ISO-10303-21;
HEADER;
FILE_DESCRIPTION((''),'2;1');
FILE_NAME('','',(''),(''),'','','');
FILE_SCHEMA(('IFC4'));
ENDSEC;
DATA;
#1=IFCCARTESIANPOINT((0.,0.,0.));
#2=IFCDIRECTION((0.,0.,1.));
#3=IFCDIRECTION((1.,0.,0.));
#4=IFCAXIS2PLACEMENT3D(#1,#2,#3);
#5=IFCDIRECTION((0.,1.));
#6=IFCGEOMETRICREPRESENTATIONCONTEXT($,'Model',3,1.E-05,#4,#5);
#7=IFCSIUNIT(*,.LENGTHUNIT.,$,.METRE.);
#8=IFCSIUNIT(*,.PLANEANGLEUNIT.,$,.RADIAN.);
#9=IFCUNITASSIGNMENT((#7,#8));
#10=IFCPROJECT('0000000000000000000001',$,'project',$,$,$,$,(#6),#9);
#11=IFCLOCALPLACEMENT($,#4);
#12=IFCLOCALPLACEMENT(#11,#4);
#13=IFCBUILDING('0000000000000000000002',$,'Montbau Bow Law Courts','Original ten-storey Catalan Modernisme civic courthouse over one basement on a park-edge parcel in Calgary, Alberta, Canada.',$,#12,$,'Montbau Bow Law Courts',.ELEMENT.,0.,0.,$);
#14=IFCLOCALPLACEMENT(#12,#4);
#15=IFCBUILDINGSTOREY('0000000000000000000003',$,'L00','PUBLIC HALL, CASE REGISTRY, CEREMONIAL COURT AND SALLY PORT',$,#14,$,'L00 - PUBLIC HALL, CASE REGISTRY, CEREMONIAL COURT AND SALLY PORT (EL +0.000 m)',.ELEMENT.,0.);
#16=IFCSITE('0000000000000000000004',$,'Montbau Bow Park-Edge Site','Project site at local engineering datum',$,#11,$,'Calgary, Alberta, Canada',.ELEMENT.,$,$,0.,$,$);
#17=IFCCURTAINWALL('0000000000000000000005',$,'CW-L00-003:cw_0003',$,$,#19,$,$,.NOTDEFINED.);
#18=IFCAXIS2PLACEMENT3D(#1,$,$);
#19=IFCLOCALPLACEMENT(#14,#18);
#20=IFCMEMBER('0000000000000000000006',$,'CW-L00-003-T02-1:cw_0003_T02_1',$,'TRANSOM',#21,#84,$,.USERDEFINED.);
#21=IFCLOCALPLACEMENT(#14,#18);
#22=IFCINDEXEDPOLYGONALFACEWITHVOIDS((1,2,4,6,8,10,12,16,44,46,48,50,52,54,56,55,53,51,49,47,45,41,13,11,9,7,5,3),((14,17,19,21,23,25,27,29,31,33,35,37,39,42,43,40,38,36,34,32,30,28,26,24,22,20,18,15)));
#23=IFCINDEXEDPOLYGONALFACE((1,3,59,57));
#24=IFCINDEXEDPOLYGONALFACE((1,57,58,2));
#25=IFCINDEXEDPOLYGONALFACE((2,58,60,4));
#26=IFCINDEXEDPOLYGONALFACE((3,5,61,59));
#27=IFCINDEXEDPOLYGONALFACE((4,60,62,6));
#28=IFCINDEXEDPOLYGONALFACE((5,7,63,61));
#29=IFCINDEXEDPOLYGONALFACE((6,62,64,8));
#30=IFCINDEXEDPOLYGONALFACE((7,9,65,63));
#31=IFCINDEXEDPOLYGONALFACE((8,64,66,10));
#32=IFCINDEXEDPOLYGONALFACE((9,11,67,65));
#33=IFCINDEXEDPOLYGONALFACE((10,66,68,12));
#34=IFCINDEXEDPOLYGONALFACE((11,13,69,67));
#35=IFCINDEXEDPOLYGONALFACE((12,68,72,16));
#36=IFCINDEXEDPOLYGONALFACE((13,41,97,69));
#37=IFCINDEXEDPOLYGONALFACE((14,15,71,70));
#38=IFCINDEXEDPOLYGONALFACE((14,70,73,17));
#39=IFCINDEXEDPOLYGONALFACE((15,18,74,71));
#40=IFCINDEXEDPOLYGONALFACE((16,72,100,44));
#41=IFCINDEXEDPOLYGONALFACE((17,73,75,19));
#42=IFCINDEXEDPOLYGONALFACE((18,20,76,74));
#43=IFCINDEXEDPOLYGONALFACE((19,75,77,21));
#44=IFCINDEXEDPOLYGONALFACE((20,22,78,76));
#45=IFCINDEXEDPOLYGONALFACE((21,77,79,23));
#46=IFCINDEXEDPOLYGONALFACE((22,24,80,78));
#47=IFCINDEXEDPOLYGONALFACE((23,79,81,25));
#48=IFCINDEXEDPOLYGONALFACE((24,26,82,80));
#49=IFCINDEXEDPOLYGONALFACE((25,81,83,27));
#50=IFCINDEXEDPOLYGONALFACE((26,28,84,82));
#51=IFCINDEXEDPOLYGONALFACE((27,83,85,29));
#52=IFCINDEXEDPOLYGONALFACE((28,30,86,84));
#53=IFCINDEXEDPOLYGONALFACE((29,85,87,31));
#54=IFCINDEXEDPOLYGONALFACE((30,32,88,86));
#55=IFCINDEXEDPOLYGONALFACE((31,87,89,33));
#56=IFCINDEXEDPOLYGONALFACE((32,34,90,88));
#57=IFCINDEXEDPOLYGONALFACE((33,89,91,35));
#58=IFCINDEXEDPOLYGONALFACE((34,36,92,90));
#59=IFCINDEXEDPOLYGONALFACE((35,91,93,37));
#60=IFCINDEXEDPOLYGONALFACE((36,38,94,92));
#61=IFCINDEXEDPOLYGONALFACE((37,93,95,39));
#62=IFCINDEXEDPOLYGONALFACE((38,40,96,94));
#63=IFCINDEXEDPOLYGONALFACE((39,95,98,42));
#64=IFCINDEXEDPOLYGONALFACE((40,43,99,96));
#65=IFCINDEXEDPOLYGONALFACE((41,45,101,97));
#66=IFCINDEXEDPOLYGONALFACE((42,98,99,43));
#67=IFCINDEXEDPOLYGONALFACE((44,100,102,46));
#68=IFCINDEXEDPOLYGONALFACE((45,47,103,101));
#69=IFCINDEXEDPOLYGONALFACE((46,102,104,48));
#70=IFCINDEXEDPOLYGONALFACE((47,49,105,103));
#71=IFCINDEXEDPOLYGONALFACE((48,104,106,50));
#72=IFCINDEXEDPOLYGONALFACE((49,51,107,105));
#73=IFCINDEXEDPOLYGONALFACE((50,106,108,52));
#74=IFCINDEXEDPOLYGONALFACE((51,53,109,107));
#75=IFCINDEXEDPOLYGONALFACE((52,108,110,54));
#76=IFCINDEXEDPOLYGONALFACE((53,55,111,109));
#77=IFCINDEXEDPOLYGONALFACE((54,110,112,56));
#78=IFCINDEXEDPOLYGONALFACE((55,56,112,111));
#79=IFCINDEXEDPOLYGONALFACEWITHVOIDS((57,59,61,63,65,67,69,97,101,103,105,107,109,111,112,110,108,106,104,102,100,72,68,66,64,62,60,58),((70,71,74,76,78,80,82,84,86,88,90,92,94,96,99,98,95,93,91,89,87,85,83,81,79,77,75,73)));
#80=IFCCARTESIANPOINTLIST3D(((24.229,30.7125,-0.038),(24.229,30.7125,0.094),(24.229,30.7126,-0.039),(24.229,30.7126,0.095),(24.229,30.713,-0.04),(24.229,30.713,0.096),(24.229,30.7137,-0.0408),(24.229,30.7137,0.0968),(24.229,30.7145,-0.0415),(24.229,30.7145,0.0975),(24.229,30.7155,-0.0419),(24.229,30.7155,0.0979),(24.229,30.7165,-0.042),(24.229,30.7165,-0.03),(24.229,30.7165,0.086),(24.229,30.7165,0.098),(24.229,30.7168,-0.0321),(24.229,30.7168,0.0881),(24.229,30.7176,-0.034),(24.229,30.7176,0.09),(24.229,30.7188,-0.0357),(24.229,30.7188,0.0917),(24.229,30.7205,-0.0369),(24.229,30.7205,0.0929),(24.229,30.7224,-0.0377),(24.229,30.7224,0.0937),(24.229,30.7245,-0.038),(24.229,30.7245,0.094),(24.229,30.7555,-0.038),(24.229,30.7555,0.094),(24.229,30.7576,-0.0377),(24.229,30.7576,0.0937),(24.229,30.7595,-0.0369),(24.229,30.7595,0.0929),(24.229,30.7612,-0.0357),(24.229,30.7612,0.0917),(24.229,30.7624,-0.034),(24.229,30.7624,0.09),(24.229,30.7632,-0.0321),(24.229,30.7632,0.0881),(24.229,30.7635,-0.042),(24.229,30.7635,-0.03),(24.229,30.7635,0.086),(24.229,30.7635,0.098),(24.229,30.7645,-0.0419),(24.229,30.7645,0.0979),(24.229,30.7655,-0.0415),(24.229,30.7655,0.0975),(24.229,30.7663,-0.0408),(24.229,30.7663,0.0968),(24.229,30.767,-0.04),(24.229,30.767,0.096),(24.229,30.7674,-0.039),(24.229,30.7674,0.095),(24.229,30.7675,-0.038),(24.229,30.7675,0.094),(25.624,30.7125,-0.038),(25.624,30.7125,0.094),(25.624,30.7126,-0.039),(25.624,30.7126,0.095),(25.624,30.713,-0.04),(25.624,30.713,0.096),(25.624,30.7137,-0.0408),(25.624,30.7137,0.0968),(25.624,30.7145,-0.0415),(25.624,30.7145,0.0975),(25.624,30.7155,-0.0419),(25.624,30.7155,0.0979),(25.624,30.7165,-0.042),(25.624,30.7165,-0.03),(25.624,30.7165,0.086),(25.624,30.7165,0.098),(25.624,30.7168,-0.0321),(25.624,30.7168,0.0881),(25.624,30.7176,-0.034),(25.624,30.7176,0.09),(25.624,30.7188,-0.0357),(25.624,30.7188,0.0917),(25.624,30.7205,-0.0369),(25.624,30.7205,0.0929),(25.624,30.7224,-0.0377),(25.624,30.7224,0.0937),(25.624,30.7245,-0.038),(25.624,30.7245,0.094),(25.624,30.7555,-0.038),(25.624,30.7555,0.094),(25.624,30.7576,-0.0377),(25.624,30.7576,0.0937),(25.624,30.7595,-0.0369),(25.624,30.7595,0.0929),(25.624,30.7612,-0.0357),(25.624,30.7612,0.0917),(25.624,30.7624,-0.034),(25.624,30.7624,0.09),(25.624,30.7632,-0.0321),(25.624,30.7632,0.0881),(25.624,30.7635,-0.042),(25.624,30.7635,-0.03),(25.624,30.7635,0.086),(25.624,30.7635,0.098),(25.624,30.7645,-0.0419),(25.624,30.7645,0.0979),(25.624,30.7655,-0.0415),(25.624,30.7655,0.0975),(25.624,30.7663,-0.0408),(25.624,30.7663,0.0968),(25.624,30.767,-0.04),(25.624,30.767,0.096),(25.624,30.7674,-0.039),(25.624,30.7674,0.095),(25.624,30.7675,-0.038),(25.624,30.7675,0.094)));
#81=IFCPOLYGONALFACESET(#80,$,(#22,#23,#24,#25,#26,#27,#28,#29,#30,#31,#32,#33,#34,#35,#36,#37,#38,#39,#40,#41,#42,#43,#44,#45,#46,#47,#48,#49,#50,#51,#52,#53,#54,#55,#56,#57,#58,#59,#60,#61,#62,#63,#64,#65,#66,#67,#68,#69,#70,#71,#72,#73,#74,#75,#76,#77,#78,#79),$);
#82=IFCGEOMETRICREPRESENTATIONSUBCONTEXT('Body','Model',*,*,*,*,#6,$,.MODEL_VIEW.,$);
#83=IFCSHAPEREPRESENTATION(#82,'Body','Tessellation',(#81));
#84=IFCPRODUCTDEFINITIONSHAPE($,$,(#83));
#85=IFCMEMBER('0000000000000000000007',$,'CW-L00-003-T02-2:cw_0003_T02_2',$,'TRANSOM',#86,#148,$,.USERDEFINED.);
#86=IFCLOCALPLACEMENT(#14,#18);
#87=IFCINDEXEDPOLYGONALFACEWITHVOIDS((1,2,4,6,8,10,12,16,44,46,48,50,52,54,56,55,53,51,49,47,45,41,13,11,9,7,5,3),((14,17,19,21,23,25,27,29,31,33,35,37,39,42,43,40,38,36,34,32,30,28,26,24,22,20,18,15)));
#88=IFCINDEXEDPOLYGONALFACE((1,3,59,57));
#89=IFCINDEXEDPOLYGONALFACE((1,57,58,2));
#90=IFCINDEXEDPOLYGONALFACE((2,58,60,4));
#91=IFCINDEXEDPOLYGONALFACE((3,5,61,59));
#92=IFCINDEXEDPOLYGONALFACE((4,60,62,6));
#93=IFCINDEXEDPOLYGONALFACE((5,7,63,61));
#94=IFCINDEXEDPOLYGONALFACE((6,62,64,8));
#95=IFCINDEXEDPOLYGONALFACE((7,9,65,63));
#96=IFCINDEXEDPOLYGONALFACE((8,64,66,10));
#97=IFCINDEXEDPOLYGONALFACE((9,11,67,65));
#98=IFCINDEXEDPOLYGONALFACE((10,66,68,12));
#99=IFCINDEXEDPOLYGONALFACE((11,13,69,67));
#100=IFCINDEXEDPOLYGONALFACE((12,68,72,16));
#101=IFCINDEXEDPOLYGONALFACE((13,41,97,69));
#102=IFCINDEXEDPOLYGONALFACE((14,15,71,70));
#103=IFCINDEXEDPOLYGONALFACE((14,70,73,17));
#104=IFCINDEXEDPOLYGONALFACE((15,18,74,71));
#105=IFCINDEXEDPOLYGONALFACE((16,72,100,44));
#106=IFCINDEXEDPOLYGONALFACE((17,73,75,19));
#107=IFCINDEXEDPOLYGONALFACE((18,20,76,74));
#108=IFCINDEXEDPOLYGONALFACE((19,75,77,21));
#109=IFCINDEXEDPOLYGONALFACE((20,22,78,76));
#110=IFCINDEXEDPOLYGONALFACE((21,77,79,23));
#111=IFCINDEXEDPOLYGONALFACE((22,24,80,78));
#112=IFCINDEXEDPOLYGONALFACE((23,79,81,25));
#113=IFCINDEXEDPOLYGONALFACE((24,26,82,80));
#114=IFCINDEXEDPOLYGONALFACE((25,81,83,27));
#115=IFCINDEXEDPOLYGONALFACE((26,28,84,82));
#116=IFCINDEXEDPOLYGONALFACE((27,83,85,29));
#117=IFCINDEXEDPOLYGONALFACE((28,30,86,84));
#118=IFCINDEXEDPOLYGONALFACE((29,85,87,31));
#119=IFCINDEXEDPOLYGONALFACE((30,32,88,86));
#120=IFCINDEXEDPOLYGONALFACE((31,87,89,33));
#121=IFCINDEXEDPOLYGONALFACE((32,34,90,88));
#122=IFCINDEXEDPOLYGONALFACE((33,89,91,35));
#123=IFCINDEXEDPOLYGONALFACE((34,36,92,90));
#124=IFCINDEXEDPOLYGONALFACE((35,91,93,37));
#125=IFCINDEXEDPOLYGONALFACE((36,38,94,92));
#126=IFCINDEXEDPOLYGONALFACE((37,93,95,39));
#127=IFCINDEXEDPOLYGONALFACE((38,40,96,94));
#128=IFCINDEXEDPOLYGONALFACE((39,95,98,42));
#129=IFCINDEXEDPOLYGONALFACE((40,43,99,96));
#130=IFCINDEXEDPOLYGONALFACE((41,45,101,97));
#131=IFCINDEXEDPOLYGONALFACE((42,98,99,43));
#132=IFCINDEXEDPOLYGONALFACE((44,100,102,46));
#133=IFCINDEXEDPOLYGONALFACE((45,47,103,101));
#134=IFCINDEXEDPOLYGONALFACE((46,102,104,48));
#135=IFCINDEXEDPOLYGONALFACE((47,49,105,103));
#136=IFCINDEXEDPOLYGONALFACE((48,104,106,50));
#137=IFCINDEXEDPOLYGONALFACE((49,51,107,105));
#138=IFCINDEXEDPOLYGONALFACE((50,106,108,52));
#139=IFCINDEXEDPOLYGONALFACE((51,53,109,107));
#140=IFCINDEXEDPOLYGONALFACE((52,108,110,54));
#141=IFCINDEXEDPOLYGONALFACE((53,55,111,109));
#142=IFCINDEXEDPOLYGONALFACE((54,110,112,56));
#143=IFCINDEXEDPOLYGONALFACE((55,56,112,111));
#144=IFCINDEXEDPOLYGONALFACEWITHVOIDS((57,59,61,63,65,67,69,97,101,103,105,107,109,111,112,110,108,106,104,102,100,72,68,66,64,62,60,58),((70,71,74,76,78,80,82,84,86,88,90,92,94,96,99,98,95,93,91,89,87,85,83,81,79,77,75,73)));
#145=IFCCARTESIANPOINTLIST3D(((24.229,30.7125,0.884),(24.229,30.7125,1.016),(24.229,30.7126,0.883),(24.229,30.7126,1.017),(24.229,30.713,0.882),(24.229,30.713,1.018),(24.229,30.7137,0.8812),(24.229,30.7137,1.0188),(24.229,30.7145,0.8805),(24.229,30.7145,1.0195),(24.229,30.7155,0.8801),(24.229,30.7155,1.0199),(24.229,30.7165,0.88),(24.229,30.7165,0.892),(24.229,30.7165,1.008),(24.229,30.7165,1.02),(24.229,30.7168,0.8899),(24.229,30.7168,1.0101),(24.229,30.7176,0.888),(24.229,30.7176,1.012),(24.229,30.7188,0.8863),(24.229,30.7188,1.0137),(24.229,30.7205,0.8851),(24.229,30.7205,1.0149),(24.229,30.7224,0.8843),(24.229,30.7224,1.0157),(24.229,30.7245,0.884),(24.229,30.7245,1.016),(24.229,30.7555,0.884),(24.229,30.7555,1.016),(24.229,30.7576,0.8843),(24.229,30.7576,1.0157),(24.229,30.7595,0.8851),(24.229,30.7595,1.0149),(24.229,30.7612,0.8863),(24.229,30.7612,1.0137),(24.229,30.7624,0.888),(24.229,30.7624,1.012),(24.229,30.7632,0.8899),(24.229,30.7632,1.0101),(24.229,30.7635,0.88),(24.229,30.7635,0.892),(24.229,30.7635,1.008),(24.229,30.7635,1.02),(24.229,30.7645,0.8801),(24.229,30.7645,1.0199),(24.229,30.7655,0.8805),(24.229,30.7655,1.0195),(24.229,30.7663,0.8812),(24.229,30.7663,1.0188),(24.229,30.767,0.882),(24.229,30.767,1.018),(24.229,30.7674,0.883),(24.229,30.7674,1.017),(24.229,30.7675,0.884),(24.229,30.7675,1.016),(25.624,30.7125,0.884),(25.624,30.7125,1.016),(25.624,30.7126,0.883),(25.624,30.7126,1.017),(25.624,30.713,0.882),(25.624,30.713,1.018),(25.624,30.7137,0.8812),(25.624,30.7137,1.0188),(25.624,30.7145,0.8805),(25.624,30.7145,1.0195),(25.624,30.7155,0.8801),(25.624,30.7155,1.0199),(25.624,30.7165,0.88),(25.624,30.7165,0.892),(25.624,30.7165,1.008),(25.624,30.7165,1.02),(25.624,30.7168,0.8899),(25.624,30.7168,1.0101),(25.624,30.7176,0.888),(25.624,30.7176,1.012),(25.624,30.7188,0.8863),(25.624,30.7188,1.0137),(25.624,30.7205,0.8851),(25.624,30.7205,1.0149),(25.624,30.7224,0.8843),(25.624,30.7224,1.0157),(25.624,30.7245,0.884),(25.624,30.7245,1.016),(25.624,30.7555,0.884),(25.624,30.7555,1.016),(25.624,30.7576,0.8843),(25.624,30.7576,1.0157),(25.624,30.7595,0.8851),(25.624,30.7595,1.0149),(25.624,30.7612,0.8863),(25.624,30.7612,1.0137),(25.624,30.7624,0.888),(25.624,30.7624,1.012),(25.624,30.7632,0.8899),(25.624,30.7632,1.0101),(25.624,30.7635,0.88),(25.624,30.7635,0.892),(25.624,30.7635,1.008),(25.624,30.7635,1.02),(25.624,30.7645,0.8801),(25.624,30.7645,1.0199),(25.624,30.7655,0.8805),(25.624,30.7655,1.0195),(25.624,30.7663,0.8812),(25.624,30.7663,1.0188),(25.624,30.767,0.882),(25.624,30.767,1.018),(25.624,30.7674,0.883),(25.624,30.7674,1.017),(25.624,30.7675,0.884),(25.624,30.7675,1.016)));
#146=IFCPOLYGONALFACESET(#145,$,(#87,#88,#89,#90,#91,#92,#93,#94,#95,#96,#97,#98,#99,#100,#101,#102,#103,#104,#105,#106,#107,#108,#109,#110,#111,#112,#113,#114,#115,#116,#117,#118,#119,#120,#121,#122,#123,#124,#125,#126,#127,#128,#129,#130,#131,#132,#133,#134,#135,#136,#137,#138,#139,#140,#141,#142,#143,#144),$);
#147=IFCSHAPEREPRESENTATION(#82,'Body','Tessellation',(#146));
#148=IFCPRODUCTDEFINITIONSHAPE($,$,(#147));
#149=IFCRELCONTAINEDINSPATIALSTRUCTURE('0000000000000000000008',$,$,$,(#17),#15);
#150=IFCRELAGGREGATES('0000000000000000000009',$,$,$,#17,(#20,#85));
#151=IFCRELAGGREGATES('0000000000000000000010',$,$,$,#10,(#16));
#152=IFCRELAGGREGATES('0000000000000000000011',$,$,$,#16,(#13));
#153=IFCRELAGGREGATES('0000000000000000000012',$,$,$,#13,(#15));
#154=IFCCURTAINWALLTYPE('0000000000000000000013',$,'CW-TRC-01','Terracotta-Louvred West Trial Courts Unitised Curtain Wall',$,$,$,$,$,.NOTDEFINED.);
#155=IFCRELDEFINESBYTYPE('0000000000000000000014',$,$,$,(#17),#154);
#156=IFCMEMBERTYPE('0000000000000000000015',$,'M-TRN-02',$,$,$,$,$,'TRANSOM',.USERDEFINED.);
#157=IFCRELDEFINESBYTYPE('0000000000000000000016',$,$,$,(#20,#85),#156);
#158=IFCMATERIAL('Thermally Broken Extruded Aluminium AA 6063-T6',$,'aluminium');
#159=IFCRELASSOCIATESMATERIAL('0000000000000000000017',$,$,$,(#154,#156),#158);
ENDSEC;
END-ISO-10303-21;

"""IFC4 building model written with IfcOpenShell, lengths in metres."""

from ifc_helpers import new_model, si_unit, direction, frame, origin_with_axes, origin_2d_with_axis, place, context, subcontext, project, spatial, hollow_rectangle, extrude, material, material_profile, profile_set, type_object, element, aggregate, save


model = new_model("IFC4")

# Units and contexts
model_context = context("Model", 3, precision=1e-05, world=origin_with_axes(), true_north=direction((0.0, 1.0)))
body_context = subcontext(model_context, "Body", "Model", "MODEL_VIEW")
ifc_project = project(units=[si_unit("LENGTHUNIT", "METRE"), si_unit("PLANEANGLEUNIT", "RADIAN")], contexts=[model_context])

# Site, building, storey
site_placement = place(None, origin_with_axes())
site = spatial("IfcSite", under=ifc_project, at=site_placement, Name="Montbau Bow Park-Edge Site", Description="Project site at local engineering datum", LongName="Calgary, Alberta, Canada", CompositionType="ELEMENT", RefElevation=0.0)
building_placement = place(site_placement, origin_with_axes())
building = spatial("IfcBuilding", under=site, at=building_placement, Name="Montbau Bow Law Courts", Description="Original ten-storey Catalan Modernisme civic courthouse over one basement on a park-edge parcel in Calgary, Alberta, Canada.", LongName="Montbau Bow Law Courts", CompositionType="ELEMENT", ElevationOfRefHeight=0.0, ElevationOfTerrain=0.0)
storey_placement = place(building_placement, origin_with_axes())
storey = spatial("IfcBuildingStorey", under=building, at=storey_placement, Name="L00", Description="PUBLIC HALL, CASE REGISTRY, CEREMONIAL COURT AND SALLY PORT", LongName="L00 - PUBLIC HALL, CASE REGISTRY, CEREMONIAL COURT AND SALLY PORT (EL +0.000 m)", CompositionType="ELEMENT", Elevation=0.0)

# Curtain wall
ifc_material_1 = material(Name="Thermally Broken Extruded Aluminium AA 6063-T6", Category="aluminium")
curtain_wall_type = type_object("IfcCurtainWallType", Name="CW-TRC-01", Description="Terracotta-Louvred West Trial Courts Unitised Curtain Wall", PredefinedType="NOTDEFINED", material=ifc_material_1)
curtain_wall_1_placement = place(None, frame((22.715, 30.74, 0.0), z_axis=(0.0, 0.0, 1.0), x_axis=(1.0, 0.0, 0.0)))
curtain_wall_1 = element("IfcCurtainWall", 1, at=curtain_wall_1_placement, inside=storey, type_object=curtain_wall_type, Name="CW-L00-003:cw_0003", PredefinedType="NOTDEFINED")

# Members
ifc_material_profile_1 = material_profile(ifc_material_1, hollow_rectangle(XDim=0.055, YDim=0.14, WallThickness=0.004, InnerFilletRadius=0.008, OuterFilletRadius=0.004, at=origin_2d_with_axis()), Name="CWT-140X55", Category="Main", Priority=0)
ifc_profile_set_1 = profile_set([ifc_material_profile_1], Name="Thermally Broken Extruded Aluminium AA 6063-T6")
member_type_1 = type_object("IfcMemberType", Name="M-TRN-02", ElementType="TRANSOM", PredefinedType="USERDEFINED", material=ifc_profile_set_1)
member_1_placement = place(None, frame((24.229, 30.74, 0.028), z_axis=(1.0, 0.0, 0.0), x_axis=(0.0, 1.0, 0.0)))
member_1 = element("IfcMember", 2, at=member_1_placement, type_object=member_type_1, Name="CW-L00-003-T02-1:cw_0003_T02_1", ObjectType="TRANSOM", PredefinedType="USERDEFINED", context=body_context, shape_type="SweptSolid", body=[
    extrude(hollow_rectangle(XDim=0.055, YDim=0.14, WallThickness=0.004, InnerFilletRadius=0.008, OuterFilletRadius=0.004, at=origin_2d_with_axis()), origin_with_axes(), (0.0, 0.0, 1.0), 1.395),
])
member_2_placement = place(None, frame((24.229, 30.74, 0.95), z_axis=(1.0, 0.0, 0.0), x_axis=(0.0, 1.0, 0.0)))
member_2 = element("IfcMember", 3, at=member_2_placement, type_object=member_type_1, Name="CW-L00-003-T02-2:cw_0003_T02_2", ObjectType="TRANSOM", PredefinedType="USERDEFINED", context=body_context, shape_type="SweptSolid", body=[
    extrude(hollow_rectangle(XDim=0.055, YDim=0.14, WallThickness=0.004, InnerFilletRadius=0.008, OuterFilletRadius=0.004, at=origin_2d_with_axis()), origin_with_axes(), (0.0, 0.0, 1.0), 1.395),
])

aggregate(curtain_wall_1, [member_1, member_2])

save(model, "model.ifc")
